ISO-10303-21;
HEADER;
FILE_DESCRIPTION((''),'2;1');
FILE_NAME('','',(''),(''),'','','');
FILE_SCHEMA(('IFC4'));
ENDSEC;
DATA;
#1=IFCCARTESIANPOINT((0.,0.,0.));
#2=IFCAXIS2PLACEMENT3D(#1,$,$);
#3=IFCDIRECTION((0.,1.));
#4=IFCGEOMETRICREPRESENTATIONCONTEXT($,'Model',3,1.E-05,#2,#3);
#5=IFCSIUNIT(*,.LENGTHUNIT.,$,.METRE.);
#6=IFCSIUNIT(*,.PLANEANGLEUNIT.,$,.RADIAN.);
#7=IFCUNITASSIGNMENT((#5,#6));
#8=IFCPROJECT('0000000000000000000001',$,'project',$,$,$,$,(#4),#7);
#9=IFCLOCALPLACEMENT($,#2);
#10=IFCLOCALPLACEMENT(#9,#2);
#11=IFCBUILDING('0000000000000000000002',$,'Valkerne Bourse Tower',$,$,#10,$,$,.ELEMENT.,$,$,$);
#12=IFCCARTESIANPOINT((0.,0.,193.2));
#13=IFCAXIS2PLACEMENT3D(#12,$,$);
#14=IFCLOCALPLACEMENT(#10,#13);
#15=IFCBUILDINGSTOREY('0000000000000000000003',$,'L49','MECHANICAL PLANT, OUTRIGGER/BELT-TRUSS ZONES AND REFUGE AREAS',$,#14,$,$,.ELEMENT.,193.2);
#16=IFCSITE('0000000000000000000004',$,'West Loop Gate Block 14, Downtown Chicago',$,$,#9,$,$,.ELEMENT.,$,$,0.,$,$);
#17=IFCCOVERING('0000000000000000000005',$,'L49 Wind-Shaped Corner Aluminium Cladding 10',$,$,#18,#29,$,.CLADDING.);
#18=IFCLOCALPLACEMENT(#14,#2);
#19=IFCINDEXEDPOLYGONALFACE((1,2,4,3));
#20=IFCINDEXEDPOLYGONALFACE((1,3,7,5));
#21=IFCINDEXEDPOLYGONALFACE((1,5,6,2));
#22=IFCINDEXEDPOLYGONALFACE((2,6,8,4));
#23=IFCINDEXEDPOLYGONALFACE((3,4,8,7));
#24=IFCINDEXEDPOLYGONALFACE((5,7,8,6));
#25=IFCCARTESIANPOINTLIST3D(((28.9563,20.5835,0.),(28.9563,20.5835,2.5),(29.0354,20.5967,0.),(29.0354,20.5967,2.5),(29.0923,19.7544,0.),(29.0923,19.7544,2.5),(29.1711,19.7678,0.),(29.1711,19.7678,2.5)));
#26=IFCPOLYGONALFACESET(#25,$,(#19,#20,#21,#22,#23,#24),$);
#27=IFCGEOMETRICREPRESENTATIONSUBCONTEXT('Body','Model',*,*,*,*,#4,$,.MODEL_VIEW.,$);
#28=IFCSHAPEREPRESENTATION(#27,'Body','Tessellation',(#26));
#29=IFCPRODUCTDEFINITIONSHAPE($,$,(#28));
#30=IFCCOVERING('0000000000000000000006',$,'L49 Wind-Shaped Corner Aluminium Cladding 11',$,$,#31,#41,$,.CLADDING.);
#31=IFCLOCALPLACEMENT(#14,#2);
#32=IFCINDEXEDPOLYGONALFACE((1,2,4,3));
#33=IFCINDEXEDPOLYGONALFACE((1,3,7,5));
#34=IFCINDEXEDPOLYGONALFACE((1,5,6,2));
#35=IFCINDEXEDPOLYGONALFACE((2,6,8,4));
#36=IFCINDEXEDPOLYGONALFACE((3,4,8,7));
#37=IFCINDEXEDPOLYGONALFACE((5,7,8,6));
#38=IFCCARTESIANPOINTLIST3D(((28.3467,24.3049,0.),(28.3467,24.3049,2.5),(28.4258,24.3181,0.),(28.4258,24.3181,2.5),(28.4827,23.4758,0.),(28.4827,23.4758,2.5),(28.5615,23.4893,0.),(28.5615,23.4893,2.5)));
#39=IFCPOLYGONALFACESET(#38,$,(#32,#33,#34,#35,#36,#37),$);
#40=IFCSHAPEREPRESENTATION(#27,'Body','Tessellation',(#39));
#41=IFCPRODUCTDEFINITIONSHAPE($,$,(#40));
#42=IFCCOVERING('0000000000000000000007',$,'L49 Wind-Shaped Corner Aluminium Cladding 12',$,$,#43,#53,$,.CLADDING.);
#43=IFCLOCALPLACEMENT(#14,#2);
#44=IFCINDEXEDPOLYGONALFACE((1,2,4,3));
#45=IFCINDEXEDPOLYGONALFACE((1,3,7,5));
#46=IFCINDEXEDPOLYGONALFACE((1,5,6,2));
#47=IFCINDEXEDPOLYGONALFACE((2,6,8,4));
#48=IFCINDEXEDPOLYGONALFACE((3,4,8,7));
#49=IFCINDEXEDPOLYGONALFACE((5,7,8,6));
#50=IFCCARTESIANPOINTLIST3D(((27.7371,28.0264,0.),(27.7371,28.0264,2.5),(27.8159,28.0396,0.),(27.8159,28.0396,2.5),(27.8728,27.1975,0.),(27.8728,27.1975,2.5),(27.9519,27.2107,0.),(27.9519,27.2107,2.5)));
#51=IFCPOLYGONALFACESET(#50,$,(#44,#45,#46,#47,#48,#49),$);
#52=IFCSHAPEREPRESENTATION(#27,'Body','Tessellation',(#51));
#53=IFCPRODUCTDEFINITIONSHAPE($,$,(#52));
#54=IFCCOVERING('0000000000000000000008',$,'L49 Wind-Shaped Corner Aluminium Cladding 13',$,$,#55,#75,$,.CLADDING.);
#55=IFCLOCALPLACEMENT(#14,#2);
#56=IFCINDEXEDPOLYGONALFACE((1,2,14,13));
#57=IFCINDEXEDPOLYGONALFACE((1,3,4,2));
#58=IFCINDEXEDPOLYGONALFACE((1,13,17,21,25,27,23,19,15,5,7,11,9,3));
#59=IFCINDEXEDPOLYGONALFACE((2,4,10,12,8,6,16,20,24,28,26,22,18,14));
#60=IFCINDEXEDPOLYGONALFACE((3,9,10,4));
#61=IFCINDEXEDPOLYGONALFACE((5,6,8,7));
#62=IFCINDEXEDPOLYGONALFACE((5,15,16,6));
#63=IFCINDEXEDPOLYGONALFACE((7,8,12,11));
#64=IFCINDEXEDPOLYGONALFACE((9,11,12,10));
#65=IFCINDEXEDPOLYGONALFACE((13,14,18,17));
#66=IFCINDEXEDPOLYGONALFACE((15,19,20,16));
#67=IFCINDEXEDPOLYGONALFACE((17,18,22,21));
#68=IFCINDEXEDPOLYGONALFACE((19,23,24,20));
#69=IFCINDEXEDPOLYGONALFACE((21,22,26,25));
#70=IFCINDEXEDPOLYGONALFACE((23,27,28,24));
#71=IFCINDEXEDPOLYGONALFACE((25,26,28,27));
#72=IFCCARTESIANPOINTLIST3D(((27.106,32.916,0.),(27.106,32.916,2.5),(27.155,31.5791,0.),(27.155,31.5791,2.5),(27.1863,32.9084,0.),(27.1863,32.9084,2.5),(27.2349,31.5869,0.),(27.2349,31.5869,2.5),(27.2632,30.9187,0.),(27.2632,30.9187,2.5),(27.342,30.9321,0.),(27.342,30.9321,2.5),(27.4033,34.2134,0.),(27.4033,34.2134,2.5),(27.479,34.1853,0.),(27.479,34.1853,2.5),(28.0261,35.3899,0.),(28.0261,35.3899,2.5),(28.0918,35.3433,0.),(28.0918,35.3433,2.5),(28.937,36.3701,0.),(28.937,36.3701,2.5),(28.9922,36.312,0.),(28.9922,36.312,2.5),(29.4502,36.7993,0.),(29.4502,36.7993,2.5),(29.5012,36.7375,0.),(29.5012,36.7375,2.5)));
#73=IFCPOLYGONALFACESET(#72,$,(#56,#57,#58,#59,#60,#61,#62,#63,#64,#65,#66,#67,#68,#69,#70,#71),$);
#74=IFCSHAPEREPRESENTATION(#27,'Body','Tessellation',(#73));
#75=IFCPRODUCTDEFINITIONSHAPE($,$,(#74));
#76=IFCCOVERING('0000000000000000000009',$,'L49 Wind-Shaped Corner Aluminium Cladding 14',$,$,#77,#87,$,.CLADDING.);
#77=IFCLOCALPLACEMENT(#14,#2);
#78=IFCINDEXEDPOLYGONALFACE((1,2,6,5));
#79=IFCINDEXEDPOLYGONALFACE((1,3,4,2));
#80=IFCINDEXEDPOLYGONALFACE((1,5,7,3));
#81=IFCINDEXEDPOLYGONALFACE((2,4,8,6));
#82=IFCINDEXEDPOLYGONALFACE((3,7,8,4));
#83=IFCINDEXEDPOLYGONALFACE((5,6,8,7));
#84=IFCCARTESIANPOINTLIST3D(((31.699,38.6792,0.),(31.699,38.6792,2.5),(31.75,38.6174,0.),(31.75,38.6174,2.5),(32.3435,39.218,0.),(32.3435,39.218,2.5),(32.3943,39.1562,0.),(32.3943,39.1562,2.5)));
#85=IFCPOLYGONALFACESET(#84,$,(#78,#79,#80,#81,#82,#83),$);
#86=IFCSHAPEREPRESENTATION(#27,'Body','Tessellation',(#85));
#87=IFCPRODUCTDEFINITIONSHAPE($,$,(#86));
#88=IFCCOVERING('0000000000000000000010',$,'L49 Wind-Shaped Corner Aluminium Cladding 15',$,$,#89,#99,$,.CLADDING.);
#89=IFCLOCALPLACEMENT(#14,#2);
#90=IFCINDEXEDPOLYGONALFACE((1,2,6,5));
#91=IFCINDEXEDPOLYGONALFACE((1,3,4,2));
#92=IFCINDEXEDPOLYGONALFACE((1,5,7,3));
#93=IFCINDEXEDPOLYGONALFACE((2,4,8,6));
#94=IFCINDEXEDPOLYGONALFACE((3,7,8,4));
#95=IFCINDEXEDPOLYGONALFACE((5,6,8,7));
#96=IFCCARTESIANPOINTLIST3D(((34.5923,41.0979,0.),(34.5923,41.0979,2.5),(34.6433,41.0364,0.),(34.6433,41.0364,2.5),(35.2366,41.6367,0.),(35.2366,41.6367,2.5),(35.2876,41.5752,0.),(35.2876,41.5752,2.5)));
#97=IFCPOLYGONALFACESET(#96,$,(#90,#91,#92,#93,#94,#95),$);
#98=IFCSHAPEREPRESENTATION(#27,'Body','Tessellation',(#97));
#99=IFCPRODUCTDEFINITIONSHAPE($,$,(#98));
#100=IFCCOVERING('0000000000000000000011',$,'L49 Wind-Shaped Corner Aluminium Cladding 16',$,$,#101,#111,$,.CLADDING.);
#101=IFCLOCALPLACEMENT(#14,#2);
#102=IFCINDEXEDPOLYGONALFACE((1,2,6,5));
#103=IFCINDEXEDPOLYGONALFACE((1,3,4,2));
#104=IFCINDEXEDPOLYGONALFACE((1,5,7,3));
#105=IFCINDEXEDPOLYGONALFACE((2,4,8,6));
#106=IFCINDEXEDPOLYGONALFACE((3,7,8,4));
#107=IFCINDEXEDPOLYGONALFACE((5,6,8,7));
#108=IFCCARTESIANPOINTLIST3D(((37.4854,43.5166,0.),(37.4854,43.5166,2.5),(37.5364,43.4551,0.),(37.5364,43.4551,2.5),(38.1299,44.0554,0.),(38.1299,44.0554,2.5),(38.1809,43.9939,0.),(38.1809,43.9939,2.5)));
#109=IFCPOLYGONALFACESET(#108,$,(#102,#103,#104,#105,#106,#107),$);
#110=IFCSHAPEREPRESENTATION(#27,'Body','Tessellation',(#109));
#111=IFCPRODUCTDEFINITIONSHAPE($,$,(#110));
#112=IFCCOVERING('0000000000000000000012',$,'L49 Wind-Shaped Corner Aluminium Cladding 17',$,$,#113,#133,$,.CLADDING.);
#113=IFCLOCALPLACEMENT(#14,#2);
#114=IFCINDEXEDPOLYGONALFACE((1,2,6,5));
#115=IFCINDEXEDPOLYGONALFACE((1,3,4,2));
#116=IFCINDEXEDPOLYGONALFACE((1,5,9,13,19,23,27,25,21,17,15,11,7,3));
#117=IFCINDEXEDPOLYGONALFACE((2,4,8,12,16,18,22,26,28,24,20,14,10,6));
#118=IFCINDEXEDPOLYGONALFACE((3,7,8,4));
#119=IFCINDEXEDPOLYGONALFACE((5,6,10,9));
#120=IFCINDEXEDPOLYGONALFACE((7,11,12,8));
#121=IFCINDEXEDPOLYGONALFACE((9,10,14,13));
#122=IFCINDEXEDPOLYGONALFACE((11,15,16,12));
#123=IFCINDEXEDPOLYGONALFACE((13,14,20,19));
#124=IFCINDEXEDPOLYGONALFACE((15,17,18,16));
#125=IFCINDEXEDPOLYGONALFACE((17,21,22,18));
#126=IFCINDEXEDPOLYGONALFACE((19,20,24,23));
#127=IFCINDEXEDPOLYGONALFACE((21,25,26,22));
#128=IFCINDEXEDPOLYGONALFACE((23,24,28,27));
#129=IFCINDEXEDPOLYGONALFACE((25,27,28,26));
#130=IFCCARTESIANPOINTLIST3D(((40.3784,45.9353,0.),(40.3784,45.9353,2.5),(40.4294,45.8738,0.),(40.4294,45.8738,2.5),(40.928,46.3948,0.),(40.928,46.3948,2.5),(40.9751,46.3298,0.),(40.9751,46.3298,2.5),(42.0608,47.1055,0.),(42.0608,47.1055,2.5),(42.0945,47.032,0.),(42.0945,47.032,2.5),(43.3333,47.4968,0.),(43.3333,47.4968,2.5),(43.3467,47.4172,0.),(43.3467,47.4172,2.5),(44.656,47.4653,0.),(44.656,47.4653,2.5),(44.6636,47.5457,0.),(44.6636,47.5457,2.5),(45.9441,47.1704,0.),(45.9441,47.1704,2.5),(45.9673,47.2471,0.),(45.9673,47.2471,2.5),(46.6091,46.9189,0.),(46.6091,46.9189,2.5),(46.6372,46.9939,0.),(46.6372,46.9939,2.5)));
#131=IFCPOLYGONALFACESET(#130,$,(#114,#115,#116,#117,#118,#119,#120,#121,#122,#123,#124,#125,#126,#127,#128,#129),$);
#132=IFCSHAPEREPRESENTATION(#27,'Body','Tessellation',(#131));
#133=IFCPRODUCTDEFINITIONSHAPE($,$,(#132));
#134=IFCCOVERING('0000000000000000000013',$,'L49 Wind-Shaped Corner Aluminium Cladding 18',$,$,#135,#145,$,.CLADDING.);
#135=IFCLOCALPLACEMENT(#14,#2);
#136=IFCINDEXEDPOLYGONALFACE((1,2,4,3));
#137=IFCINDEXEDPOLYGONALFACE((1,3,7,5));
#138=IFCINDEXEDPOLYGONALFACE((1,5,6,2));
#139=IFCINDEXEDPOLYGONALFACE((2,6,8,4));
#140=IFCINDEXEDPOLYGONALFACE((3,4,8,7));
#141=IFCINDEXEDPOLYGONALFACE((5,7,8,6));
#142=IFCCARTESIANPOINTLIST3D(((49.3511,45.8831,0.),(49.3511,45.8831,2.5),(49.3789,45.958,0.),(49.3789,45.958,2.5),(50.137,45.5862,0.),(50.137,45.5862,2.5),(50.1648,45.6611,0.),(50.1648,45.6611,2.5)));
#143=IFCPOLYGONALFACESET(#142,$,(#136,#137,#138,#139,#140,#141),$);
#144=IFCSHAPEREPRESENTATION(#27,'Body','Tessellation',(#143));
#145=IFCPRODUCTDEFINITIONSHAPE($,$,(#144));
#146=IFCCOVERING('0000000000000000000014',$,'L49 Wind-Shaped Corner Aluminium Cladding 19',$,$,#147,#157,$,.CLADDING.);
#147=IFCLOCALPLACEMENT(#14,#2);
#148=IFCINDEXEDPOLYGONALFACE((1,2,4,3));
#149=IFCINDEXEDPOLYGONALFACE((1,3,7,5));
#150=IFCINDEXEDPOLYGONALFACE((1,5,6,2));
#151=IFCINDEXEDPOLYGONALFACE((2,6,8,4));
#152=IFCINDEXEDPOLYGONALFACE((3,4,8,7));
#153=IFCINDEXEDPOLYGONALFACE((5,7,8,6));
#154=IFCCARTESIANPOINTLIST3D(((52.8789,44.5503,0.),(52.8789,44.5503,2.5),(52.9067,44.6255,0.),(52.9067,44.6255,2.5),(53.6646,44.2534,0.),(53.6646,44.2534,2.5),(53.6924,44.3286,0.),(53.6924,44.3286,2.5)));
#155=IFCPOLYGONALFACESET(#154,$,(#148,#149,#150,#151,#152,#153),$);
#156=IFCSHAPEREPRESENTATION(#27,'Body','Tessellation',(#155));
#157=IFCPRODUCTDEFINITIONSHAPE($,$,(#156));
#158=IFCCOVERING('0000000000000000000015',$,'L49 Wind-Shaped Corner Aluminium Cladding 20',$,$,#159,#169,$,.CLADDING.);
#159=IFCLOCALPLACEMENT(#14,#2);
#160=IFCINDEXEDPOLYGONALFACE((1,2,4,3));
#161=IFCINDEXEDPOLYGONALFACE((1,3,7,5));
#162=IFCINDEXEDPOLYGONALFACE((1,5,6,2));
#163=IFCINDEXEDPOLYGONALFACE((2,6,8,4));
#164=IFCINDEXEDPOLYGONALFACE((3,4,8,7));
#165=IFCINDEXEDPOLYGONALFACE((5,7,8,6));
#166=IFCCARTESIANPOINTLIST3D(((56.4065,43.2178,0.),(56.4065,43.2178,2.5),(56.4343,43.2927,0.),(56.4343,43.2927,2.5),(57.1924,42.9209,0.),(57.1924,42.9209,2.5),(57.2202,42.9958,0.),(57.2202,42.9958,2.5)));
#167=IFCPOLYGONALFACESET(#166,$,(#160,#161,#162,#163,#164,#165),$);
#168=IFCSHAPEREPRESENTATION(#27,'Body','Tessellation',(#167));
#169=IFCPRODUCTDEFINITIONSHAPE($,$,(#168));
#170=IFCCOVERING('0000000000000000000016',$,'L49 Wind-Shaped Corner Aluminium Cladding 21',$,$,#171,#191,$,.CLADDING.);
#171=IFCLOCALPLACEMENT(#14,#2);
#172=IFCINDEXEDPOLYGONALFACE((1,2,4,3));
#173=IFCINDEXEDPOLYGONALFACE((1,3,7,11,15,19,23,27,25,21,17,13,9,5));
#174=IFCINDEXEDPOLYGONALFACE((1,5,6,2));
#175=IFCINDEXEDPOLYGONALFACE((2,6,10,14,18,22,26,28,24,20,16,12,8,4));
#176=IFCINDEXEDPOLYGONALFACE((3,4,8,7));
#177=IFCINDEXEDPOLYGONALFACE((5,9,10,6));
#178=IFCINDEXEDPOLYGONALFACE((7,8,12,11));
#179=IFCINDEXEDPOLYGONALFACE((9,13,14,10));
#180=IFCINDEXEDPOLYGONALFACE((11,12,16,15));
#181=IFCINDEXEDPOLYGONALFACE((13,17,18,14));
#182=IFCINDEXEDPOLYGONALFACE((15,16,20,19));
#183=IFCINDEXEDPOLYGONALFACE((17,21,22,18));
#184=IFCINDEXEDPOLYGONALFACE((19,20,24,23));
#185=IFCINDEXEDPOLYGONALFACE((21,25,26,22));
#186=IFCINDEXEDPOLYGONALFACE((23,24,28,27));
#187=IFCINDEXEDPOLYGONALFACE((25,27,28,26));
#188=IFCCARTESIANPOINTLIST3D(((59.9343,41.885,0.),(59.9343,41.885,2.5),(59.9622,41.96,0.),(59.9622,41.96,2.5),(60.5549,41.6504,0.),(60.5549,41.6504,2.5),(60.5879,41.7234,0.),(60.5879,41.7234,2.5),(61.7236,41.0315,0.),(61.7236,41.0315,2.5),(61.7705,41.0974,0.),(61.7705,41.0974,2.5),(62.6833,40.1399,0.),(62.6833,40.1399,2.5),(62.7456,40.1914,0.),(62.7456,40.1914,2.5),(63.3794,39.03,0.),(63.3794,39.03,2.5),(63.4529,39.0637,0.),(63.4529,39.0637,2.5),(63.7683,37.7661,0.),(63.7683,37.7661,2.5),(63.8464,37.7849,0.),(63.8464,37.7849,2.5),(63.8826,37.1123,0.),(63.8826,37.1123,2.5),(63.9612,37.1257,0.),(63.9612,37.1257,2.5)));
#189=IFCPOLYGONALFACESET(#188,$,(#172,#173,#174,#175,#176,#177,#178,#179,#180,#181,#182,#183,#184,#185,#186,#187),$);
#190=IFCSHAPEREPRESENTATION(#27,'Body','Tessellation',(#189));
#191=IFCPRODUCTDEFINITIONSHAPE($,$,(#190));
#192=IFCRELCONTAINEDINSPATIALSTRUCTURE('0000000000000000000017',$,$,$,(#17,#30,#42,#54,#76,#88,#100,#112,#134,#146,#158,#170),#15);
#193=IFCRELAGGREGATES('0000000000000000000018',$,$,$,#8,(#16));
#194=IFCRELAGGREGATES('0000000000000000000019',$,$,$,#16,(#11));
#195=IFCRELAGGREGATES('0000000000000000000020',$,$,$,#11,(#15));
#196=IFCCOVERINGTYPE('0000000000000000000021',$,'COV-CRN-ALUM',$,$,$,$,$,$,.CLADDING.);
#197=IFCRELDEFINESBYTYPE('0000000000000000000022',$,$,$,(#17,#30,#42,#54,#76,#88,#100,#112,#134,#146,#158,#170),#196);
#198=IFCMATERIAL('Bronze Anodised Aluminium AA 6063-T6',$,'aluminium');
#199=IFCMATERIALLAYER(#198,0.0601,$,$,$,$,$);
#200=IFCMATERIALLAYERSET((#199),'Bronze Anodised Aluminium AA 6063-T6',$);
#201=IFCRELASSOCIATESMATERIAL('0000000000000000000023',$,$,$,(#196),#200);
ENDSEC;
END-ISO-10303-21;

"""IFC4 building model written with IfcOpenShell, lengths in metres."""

from ifc_helpers import new_model, si_unit, direction, frame, origin, place, context, subcontext, project, spatial, polyline, outline, extrude, material, layer, layer_set, type_object, element, save


model = new_model("IFC4")

# Units and contexts
model_context = context("Model", 3, precision=1e-05, world=origin(), true_north=direction((0.0, 1.0)))
body_context = subcontext(model_context, "Body", "Model", "MODEL_VIEW")
ifc_project = project(units=[si_unit("LENGTHUNIT", "METRE"), si_unit("PLANEANGLEUNIT", "RADIAN")], contexts=[model_context])

# Site, building, storey
site_placement = place(None, origin())
site = spatial("IfcSite", under=ifc_project, at=site_placement, Name="West Loop Gate Block 14, Downtown Chicago", CompositionType="ELEMENT", RefElevation=0.0)
building_placement = place(site_placement, origin())
building = spatial("IfcBuilding", under=site, at=building_placement, Name="Valkerne Bourse Tower", CompositionType="ELEMENT")
storey_placement = place(building_placement, frame((0.0, 0.0, 193.2)))
storey = spatial("IfcBuildingStorey", under=building, at=storey_placement, Name="L49", Description="MECHANICAL PLANT, OUTRIGGER/BELT-TRUSS ZONES AND REFUGE AREAS", CompositionType="ELEMENT", Elevation=193.2)

# Coverings
ifc_material_1 = material(Name="Bronze Anodised Aluminium AA 6063-T6", Category="aluminium")
ifc_layer_1 = layer(ifc_material_1, 0.0601)
ifc_layer_set_1 = layer_set([ifc_layer_1], Name="Bronze Anodised Aluminium AA 6063-T6")
covering_type_1 = type_object("IfcCoveringType", Name="COV-CRN-ALUM", PredefinedType="CLADDING", material=ifc_layer_set_1)
covering_1_placement = place(storey_placement, origin())
element("IfcCovering", 1, at=covering_1_placement, inside=storey, type_object=covering_type_1, Name="L49 Wind-Shaped Corner Aluminium Cladding 10", PredefinedType="CLADDING", context=body_context, shape_type="SweptSolid", body=[
    extrude(outline(polyline([(28.9563, 20.5835), (29.0354, 20.5967), (29.1711, 19.7678), (29.0923, 19.7544), (28.9563, 20.5835)])), origin(), (0.0, 0.0, 1.0), 2.5),
])
covering_2_placement = place(storey_placement, origin())
element("IfcCovering", 2, at=covering_2_placement, inside=storey, type_object=covering_type_1, Name="L49 Wind-Shaped Corner Aluminium Cladding 11", PredefinedType="CLADDING", context=body_context, shape_type="SweptSolid", body=[
    extrude(outline(polyline([(28.3467, 24.3049), (28.4258, 24.3181), (28.5615, 23.4893), (28.4827, 23.4758), (28.3467, 24.3049)])), origin(), (0.0, 0.0, 1.0), 2.5),
])
covering_3_placement = place(storey_placement, origin())
element("IfcCovering", 3, at=covering_3_placement, inside=storey, type_object=covering_type_1, Name="L49 Wind-Shaped Corner Aluminium Cladding 12", PredefinedType="CLADDING", context=body_context, shape_type="SweptSolid", body=[
    extrude(outline(polyline([(27.7371, 28.0264), (27.8159, 28.0396), (27.9519, 27.2107), (27.8728, 27.1975), (27.7371, 28.0264)])), origin(), (0.0, 0.0, 1.0), 2.5),
])
covering_4_placement = place(storey_placement, origin())
element("IfcCovering", 4, at=covering_4_placement, inside=storey, type_object=covering_type_1, Name="L49 Wind-Shaped Corner Aluminium Cladding 13", PredefinedType="CLADDING", context=body_context, shape_type="SweptSolid", body=[
    extrude(outline(polyline([(27.155, 31.5791), (27.106, 32.916), (27.4033, 34.2134), (28.0261, 35.3899), (28.937, 36.3701), (29.4502, 36.7993), (29.5012, 36.7375), (28.9922, 36.312), (28.0918, 35.3433), (27.479, 34.1853), (27.1863, 32.9084), (27.2349, 31.5869), (27.342, 30.9321), (27.2632, 30.9187), (27.155, 31.5791)])), origin(), (0.0, 0.0, 1.0), 2.5),
])
covering_5_placement = place(storey_placement, origin())
element("IfcCovering", 5, at=covering_5_placement, inside=storey, type_object=covering_type_1, Name="L49 Wind-Shaped Corner Aluminium Cladding 14", PredefinedType="CLADDING", context=body_context, shape_type="SweptSolid", body=[
    extrude(outline(polyline([(32.3435, 39.218), (32.3943, 39.1562), (31.75, 38.6174), (31.699, 38.6792), (32.3435, 39.218)])), origin(), (0.0, 0.0, 1.0), 2.5),
])
covering_6_placement = place(storey_placement, origin())
element("IfcCovering", 6, at=covering_6_placement, inside=storey, type_object=covering_type_1, Name="L49 Wind-Shaped Corner Aluminium Cladding 15", PredefinedType="CLADDING", context=body_context, shape_type="SweptSolid", body=[
    extrude(outline(polyline([(35.2366, 41.6367), (35.2876, 41.5752), (34.6433, 41.0364), (34.5923, 41.0979), (35.2366, 41.6367)])), origin(), (0.0, 0.0, 1.0), 2.5),
])
covering_7_placement = place(storey_placement, origin())
element("IfcCovering", 7, at=covering_7_placement, inside=storey, type_object=covering_type_1, Name="L49 Wind-Shaped Corner Aluminium Cladding 16", PredefinedType="CLADDING", context=body_context, shape_type="SweptSolid", body=[
    extrude(outline(polyline([(38.1299, 44.0554), (38.1809, 43.9939), (37.5364, 43.4551), (37.4854, 43.5166), (38.1299, 44.0554)])), origin(), (0.0, 0.0, 1.0), 2.5),
])
covering_8_placement = place(storey_placement, origin())
element("IfcCovering", 8, at=covering_8_placement, inside=storey, type_object=covering_type_1, Name="L49 Wind-Shaped Corner Aluminium Cladding 17", PredefinedType="CLADDING", context=body_context, shape_type="SweptSolid", body=[
    extrude(outline(polyline([(40.928, 46.3948), (42.0608, 47.1055), (43.3333, 47.4968), (44.6636, 47.5457), (45.9673, 47.2471), (46.6372, 46.9939), (46.6091, 46.9189), (45.9441, 47.1704), (44.656, 47.4653), (43.3467, 47.4172), (42.0945, 47.032), (40.9751, 46.3298), (40.4294, 45.8738), (40.3784, 45.9353), (40.928, 46.3948)])), origin(), (0.0, 0.0, 1.0), 2.5),
])
covering_9_placement = place(storey_placement, origin())
element("IfcCovering", 9, at=covering_9_placement, inside=storey, type_object=covering_type_1, Name="L49 Wind-Shaped Corner Aluminium Cladding 18", PredefinedType="CLADDING", context=body_context, shape_type="SweptSolid", body=[
    extrude(outline(polyline([(50.1648, 45.6611), (50.137, 45.5862), (49.3511, 45.8831), (49.3789, 45.958), (50.1648, 45.6611)])), origin(), (0.0, 0.0, 1.0), 2.5),
])
covering_10_placement = place(storey_placement, origin())
element("IfcCovering", 10, at=covering_10_placement, inside=storey, type_object=covering_type_1, Name="L49 Wind-Shaped Corner Aluminium Cladding 19", PredefinedType="CLADDING", context=body_context, shape_type="SweptSolid", body=[
    extrude(outline(polyline([(53.6924, 44.3286), (53.6646, 44.2534), (52.8789, 44.5503), (52.9067, 44.6255), (53.6924, 44.3286)])), origin(), (0.0, 0.0, 1.0), 2.5),
])
covering_11_placement = place(storey_placement, origin())
element("IfcCovering", 11, at=covering_11_placement, inside=storey, type_object=covering_type_1, Name="L49 Wind-Shaped Corner Aluminium Cladding 20", PredefinedType="CLADDING", context=body_context, shape_type="SweptSolid", body=[
    extrude(outline(polyline([(57.2202, 42.9958), (57.1924, 42.9209), (56.4065, 43.2178), (56.4343, 43.2927), (57.2202, 42.9958)])), origin(), (0.0, 0.0, 1.0), 2.5),
])
covering_12_placement = place(storey_placement, origin())
element("IfcCovering", 12, at=covering_12_placement, inside=storey, type_object=covering_type_1, Name="L49 Wind-Shaped Corner Aluminium Cladding 21", PredefinedType="CLADDING", context=body_context, shape_type="SweptSolid", body=[
    extrude(outline(polyline([(60.5879, 41.7234), (61.7705, 41.0974), (62.7456, 40.1914), (63.4529, 39.0637), (63.8464, 37.7849), (63.9612, 37.1257), (63.8826, 37.1123), (63.7683, 37.7661), (63.3794, 39.03), (62.6833, 40.1399), (61.7236, 41.0315), (60.5549, 41.6504), (59.9343, 41.885), (59.9622, 41.96), (60.5879, 41.7234)])), origin(), (0.0, 0.0, 1.0), 2.5),
])

save(model, "model.ifc")
